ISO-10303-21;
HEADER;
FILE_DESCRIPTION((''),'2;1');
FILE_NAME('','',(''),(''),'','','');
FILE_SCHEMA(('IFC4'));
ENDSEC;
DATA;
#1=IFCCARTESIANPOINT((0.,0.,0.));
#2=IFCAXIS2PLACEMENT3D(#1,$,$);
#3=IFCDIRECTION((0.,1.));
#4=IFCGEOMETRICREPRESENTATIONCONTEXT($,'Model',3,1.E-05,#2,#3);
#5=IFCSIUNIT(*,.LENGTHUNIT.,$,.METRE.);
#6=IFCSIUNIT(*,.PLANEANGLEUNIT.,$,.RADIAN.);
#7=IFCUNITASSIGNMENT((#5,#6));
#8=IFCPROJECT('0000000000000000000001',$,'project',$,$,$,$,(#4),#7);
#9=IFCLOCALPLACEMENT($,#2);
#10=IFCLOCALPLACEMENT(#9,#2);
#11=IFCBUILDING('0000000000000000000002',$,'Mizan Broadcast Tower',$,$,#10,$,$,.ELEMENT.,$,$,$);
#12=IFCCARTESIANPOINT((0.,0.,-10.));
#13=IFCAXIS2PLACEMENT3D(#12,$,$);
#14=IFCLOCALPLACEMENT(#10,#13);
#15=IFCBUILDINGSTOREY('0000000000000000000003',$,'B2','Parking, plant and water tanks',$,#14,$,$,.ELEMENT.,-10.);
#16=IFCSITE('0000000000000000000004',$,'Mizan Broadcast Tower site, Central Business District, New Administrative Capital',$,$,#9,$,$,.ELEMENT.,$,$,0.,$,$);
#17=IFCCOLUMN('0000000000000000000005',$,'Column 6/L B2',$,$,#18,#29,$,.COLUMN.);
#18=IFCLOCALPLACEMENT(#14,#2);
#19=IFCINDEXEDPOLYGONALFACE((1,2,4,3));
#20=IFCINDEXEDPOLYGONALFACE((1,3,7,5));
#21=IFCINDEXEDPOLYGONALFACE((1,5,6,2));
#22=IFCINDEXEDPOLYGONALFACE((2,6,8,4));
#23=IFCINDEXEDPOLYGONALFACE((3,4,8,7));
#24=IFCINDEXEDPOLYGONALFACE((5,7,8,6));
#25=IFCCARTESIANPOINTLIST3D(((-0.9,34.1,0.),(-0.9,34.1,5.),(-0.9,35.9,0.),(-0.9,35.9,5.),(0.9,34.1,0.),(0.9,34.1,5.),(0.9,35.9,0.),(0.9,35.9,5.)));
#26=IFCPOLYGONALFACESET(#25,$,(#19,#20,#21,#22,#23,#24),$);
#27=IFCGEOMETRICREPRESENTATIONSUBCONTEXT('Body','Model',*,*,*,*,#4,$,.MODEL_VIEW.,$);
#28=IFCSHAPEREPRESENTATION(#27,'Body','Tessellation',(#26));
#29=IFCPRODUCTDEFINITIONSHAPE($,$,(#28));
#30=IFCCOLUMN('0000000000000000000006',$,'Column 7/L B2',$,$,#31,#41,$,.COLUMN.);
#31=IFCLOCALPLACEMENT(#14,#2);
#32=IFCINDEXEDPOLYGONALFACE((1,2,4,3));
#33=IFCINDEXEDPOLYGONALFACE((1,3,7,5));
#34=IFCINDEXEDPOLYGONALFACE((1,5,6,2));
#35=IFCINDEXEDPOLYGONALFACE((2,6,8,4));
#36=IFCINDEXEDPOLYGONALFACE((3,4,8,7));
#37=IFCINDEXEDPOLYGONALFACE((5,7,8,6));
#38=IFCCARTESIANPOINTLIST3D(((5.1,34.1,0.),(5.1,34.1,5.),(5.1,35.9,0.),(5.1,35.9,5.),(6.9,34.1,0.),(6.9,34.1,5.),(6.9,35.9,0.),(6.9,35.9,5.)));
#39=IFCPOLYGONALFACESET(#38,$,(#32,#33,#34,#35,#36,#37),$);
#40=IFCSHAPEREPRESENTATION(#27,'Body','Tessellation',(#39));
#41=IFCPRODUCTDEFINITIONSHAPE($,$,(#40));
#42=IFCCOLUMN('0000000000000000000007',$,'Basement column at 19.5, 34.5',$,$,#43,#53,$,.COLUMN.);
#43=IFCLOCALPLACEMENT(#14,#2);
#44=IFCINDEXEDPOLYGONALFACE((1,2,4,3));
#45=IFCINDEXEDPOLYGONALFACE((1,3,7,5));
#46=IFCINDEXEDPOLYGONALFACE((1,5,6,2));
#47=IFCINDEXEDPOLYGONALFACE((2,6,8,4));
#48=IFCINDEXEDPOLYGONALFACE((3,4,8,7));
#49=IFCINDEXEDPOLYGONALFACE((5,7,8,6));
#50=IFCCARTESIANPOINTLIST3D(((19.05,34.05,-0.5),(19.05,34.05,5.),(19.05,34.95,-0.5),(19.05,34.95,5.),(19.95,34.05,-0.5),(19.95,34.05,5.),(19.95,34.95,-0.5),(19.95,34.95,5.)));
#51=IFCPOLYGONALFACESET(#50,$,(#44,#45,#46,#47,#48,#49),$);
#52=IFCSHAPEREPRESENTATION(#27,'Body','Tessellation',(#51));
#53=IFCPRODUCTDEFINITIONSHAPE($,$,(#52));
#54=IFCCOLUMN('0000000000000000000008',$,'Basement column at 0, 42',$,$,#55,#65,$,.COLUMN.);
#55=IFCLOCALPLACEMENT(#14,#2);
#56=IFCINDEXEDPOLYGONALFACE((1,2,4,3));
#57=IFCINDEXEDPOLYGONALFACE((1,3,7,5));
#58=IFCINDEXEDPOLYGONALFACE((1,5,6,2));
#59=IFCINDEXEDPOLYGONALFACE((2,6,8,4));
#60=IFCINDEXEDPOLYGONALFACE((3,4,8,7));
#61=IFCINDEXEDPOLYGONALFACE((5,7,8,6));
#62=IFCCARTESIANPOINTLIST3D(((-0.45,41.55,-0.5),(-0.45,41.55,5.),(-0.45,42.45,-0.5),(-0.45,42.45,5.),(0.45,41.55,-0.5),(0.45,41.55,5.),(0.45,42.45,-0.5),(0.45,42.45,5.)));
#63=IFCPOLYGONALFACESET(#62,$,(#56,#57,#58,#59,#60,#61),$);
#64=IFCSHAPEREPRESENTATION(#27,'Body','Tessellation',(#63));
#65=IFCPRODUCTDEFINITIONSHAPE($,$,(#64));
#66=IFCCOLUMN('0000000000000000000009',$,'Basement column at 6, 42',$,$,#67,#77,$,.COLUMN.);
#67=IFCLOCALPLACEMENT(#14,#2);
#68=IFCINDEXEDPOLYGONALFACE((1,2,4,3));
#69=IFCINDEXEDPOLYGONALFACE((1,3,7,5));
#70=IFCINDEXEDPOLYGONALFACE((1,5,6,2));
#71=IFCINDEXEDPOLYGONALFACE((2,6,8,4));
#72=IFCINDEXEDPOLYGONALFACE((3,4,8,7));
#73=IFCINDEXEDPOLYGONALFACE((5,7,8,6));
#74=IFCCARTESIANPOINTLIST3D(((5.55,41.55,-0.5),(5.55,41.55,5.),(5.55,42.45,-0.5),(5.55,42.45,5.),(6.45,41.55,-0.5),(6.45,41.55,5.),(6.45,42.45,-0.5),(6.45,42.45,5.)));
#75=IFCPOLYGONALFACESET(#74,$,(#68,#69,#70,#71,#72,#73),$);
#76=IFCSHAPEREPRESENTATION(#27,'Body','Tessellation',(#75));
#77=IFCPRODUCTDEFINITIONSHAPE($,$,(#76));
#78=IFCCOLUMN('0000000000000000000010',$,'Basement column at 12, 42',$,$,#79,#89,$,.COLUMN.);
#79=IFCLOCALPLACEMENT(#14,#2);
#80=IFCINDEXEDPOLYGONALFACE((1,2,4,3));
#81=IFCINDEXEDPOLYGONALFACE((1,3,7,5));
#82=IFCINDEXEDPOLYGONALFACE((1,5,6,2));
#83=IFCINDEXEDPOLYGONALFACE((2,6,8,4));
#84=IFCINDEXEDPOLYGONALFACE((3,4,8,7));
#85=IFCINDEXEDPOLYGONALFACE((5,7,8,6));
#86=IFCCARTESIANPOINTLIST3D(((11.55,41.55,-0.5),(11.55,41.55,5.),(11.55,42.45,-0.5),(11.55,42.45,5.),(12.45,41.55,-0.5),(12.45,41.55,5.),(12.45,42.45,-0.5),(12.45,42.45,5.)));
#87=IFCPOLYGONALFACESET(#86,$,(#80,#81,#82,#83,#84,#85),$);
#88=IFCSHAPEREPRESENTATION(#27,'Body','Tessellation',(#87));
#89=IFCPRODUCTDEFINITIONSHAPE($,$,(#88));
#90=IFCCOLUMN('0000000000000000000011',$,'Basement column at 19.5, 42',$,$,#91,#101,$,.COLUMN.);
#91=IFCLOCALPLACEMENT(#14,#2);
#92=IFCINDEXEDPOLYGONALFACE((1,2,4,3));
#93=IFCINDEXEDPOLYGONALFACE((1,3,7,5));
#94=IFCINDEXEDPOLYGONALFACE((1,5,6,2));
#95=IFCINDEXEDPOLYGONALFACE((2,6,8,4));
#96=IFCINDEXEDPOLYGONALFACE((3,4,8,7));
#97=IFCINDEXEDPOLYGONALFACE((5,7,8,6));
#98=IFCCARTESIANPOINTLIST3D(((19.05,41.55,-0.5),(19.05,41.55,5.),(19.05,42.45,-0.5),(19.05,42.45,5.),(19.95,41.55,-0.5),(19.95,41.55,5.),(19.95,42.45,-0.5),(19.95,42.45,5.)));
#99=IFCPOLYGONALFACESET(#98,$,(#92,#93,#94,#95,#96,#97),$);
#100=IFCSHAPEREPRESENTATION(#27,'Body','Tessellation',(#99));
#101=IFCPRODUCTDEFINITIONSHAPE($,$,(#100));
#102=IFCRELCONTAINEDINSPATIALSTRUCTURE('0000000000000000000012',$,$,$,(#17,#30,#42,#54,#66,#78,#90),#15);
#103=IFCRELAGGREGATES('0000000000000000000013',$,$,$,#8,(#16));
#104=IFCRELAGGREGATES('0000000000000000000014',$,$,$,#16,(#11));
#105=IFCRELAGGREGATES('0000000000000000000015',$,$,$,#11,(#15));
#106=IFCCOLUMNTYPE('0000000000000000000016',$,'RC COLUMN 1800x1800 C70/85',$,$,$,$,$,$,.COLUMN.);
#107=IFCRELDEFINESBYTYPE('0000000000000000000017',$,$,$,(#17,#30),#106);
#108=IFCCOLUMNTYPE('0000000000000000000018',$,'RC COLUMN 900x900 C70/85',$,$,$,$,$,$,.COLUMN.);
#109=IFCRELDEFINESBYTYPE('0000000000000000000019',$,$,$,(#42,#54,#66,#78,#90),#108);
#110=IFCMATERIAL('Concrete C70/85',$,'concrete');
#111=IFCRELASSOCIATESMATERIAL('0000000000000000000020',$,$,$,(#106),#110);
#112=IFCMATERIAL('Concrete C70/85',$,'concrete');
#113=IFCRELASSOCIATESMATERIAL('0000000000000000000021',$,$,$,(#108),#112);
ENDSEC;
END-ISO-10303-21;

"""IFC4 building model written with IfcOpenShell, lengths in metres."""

from ifc_helpers import new_model, si_unit, direction, frame, origin, origin_2d, place, context, subcontext, project, spatial, rectangle, extrude, material, material_profile, profile_set, type_object, element, save


model = new_model("IFC4")

# Units and contexts
model_context = context("Model", 3, precision=1e-05, world=origin(), true_north=direction((0.0, 1.0)))
body_context = subcontext(model_context, "Body", "Model", "MODEL_VIEW")
ifc_project = project(units=[si_unit("LENGTHUNIT", "METRE"), si_unit("PLANEANGLEUNIT", "RADIAN")], contexts=[model_context])

# Site, building, storey
site_placement = place(None, origin())
site = spatial("IfcSite", under=ifc_project, at=site_placement, Name="Mizan Broadcast Tower site, Central Business District, New Administrative Capital", CompositionType="ELEMENT", RefElevation=0.0)
building_placement = place(site_placement, origin())
building = spatial("IfcBuilding", under=site, at=building_placement, Name="Mizan Broadcast Tower", CompositionType="ELEMENT")
storey_placement = place(building_placement, frame((0.0, 0.0, -10.0)))
storey = spatial("IfcBuildingStorey", under=building, at=storey_placement, Name="B2", Description="Parking, plant and water tanks", CompositionType="ELEMENT", Elevation=-10.0)

# Columns
ifc_material_1 = material(Name="Concrete C70/85", Category="concrete")
ifc_material_profile_1 = material_profile(ifc_material_1, rectangle(XDim=1.8, YDim=1.8, at=origin_2d()), Name="RC 1800x1800")
ifc_profile_set_1 = profile_set([ifc_material_profile_1], Name="Concrete C70/85")
column_type_1 = type_object("IfcColumnType", Name="RC COLUMN 1800x1800 C70/85", PredefinedType="COLUMN", material=ifc_profile_set_1)
for number, where, z_axis, x_axis, name in (
    (1, (0.0, 35.0, 0.0), (0.0, 0.0, 1.0), (1.0, 0.0, 0.0), "Column 6/L B2"),
    (2, (6.0, 35.0, 0.0), (0.0, 0.0, 1.0), (1.0, 0.0, 0.0), "Column 7/L B2"),
):
    element("IfcColumn", number, at=place(storey_placement, frame(where, z_axis=z_axis, x_axis=x_axis)), inside=storey, type_object=column_type_1, Name=name, PredefinedType="COLUMN", context=body_context, shape_type="SweptSolid", body=[
        extrude(rectangle(XDim=1.8, YDim=1.8, at=origin_2d()), origin(), (0.0, 0.0, 1.0), 5.0),
    ])
ifc_material_2 = material(Name="Concrete C70/85", Category="concrete")
ifc_material_profile_2 = material_profile(ifc_material_2, rectangle(XDim=0.8999, YDim=0.8999, at=origin_2d()), Name="RC 900x900")
ifc_profile_set_2 = profile_set([ifc_material_profile_2], Name="Concrete C70/85")
column_type_2 = type_object("IfcColumnType", Name="RC COLUMN 900x900 C70/85", PredefinedType="COLUMN", material=ifc_profile_set_2)
for number, where, z_axis, x_axis, name in (
    (3, (19.5, 34.5, -0.5), (0.0, 0.0, 1.0), (1.0, 0.0, 0.0), "Basement column at 19.5, 34.5"),
    (4, (0.0, 42.0, -0.5), (0.0, 0.0, 1.0), (1.0, 0.0, 0.0), "Basement column at 0, 42"),
    (5, (6.0, 42.0, -0.5), (0.0, 0.0, 1.0), (1.0, 0.0, 0.0), "Basement column at 6, 42"),
    (6, (12.0, 42.0, -0.5), (0.0, 0.0, 1.0), (1.0, 0.0, 0.0), "Basement column at 12, 42"),
    (7, (19.5, 42.0, -0.5), (0.0, 0.0, 1.0), (1.0, 0.0, 0.0), "Basement column at 19.5, 42"),
):
    element("IfcColumn", number, at=place(storey_placement, frame(where, z_axis=z_axis, x_axis=x_axis)), inside=storey, type_object=column_type_2, Name=name, PredefinedType="COLUMN", context=body_context, shape_type="SweptSolid", body=[
        extrude(rectangle(XDim=0.8999, YDim=0.8999, at=origin_2d()), origin(), (0.0, 0.0, 1.0), 5.5),
    ])

save(model, "model.ifc")
